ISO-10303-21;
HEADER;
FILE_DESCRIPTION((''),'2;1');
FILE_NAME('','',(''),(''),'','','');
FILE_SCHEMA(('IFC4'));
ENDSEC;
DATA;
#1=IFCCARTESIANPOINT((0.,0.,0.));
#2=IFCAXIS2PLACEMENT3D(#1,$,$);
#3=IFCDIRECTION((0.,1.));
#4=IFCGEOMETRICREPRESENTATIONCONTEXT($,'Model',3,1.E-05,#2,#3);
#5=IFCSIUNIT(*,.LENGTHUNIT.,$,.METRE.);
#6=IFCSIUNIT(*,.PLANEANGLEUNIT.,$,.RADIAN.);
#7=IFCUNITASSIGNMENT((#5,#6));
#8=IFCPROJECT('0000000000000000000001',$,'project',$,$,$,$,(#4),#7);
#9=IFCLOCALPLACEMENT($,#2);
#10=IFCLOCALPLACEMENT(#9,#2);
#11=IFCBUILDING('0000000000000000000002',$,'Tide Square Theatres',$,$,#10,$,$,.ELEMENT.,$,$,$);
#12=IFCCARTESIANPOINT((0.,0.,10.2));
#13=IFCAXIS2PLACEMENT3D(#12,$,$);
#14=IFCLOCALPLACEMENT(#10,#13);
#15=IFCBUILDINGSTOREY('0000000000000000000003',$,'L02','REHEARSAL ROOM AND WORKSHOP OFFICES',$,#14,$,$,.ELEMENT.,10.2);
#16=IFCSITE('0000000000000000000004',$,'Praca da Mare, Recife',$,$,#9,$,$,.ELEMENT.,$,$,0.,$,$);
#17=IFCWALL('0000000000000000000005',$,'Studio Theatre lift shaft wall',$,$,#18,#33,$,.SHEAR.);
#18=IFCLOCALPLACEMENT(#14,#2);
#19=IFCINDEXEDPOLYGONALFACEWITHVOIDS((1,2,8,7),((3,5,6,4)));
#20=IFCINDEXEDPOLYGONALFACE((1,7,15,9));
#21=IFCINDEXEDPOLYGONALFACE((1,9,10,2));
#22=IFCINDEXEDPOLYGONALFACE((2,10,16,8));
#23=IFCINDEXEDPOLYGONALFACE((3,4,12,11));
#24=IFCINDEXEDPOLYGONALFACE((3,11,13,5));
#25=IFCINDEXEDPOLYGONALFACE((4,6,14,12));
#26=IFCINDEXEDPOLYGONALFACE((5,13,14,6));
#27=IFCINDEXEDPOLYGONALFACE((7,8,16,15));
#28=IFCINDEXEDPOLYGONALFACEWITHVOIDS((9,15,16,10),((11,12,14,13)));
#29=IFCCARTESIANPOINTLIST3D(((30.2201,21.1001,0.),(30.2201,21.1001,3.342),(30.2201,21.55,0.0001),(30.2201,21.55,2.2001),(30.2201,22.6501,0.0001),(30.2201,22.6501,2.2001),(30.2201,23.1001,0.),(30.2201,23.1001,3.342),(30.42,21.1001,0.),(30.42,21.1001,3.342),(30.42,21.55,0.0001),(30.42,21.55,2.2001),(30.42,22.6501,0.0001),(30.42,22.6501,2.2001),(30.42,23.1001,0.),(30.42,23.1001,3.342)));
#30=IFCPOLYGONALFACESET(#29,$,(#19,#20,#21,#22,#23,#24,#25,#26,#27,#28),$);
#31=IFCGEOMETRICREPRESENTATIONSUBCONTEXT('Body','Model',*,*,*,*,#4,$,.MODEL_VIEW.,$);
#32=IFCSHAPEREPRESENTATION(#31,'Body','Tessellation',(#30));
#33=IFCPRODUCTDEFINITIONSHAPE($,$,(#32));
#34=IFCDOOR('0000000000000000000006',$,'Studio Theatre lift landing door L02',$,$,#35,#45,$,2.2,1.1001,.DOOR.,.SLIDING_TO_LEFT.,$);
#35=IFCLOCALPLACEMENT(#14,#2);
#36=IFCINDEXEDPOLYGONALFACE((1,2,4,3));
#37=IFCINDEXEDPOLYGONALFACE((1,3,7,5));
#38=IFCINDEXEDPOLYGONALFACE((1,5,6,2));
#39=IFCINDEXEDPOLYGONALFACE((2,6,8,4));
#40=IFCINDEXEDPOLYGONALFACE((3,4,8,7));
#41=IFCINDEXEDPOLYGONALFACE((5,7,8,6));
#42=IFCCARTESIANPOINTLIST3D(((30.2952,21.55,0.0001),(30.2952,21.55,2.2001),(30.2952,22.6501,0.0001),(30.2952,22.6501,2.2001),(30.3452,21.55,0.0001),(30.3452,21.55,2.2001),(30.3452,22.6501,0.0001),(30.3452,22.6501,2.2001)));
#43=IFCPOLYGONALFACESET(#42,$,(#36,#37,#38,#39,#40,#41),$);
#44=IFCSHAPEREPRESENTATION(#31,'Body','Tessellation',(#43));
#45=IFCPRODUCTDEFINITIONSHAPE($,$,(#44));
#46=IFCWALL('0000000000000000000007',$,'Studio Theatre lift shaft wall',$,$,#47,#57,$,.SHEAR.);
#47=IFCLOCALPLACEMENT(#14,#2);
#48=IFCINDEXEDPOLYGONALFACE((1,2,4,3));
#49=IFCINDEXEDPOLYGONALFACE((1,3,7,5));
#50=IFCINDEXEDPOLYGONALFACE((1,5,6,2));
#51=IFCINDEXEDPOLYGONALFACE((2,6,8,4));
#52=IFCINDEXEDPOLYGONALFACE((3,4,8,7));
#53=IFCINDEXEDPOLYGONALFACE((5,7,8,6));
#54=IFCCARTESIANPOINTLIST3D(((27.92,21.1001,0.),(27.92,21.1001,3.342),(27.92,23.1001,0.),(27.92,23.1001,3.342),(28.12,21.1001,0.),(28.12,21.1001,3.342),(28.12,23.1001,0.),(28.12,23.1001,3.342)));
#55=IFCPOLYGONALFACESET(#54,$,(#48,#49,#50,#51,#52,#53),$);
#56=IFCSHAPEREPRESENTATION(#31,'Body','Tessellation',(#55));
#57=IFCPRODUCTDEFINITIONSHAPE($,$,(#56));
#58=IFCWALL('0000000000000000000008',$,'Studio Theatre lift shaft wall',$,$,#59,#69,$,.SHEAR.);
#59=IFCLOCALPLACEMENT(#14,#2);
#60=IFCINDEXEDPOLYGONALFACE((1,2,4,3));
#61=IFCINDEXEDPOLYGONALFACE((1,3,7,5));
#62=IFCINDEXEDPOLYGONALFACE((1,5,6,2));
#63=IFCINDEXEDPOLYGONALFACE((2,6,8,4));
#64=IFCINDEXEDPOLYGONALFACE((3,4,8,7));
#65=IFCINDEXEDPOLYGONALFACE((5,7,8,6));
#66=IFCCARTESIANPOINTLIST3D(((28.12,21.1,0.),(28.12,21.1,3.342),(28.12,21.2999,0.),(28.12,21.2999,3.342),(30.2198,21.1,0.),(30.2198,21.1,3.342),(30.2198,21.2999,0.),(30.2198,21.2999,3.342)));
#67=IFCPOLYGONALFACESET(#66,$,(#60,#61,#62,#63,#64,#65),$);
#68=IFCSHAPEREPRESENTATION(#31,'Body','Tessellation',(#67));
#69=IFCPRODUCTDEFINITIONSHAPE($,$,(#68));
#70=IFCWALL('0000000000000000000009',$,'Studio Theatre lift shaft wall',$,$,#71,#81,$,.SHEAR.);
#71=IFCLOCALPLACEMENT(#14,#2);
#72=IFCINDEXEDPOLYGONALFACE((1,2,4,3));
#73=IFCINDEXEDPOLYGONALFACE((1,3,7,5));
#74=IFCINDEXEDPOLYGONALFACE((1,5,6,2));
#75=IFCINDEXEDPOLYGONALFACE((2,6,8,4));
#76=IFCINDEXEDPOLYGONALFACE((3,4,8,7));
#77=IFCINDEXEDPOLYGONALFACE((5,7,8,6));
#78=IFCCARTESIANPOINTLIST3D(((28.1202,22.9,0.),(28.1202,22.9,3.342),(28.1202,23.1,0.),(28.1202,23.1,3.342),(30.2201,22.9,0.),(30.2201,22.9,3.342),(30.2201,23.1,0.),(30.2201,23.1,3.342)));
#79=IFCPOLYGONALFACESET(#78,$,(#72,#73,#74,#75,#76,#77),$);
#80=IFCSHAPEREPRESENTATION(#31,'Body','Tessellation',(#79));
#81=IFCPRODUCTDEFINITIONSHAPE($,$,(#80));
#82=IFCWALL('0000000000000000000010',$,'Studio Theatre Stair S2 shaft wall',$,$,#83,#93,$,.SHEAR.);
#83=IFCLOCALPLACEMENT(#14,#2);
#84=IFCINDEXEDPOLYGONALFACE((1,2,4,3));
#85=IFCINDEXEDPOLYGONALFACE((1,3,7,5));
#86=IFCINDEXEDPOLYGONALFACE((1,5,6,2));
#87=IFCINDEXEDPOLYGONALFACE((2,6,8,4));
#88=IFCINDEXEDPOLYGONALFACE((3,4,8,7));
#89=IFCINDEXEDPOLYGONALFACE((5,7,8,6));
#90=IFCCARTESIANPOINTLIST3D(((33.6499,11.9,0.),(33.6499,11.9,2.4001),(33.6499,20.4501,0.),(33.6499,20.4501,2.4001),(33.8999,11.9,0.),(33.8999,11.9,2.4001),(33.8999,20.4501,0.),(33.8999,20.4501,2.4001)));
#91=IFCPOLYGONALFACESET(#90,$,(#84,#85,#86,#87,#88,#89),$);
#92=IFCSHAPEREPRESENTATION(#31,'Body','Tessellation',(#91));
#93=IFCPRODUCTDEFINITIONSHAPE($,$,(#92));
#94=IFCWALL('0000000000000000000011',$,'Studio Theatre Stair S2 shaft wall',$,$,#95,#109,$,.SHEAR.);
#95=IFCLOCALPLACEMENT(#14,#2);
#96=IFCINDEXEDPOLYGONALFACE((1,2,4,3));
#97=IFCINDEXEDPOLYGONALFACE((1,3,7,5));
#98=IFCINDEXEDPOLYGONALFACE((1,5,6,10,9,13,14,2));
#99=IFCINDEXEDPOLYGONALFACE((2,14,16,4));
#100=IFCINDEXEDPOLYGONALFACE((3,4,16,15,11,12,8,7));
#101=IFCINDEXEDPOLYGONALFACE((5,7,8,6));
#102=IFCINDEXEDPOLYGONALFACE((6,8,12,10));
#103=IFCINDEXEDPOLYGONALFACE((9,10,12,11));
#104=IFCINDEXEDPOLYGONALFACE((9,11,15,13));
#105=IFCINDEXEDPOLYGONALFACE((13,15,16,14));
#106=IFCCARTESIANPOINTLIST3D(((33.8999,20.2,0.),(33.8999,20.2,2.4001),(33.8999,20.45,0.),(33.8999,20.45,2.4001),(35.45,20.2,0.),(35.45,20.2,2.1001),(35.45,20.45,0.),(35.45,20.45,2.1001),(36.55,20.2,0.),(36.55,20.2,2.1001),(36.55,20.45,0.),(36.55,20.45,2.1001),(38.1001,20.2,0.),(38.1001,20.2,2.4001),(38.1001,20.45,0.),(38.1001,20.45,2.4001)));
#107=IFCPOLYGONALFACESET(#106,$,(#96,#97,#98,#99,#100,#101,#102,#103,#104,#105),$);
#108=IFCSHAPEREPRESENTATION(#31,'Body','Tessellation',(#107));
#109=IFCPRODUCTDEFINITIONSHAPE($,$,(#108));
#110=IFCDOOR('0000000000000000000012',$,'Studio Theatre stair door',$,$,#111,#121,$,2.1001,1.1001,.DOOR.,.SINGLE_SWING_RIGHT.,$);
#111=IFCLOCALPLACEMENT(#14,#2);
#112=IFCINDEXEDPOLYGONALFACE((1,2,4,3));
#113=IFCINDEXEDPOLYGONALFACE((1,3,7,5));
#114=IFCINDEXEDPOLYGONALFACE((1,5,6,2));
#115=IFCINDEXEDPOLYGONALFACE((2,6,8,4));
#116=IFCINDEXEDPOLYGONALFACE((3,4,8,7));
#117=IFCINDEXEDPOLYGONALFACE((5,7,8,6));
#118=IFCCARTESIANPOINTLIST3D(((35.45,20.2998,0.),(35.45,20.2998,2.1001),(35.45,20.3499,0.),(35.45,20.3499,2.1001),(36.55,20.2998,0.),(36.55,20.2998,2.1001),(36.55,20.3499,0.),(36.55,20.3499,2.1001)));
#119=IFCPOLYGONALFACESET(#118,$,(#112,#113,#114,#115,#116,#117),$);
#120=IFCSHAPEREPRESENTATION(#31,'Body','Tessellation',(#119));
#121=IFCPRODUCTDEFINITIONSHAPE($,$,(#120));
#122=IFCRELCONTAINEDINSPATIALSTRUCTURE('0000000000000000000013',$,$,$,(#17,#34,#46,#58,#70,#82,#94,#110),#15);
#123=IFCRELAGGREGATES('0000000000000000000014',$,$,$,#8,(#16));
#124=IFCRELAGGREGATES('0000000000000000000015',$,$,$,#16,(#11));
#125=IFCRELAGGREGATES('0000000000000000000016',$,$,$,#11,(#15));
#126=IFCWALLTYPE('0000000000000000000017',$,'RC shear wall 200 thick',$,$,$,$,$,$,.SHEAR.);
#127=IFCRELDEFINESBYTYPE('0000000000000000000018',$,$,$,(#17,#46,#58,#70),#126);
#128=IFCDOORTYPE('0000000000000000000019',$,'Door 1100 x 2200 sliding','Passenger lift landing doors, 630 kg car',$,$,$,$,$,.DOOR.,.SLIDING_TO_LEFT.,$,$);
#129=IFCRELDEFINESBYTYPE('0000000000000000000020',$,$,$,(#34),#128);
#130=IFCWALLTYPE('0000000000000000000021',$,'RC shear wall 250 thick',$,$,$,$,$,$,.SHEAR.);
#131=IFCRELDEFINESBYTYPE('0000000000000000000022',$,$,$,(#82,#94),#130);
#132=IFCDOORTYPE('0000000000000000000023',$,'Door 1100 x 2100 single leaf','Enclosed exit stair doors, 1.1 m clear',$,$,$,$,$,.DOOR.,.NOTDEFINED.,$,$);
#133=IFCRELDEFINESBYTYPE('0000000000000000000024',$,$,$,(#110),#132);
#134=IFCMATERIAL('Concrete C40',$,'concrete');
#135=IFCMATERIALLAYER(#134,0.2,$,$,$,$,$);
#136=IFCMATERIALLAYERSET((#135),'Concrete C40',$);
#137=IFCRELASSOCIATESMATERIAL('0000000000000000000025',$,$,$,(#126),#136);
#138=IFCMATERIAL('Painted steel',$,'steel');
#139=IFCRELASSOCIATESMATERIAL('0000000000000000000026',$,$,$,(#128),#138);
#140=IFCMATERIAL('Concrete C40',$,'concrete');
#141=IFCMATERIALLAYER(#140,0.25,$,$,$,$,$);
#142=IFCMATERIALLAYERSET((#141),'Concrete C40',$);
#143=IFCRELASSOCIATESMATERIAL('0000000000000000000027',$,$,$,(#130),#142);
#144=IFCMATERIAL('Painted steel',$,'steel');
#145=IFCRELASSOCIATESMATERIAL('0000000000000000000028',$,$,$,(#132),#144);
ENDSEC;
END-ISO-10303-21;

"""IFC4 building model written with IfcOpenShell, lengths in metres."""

from ifc_helpers import new_model, si_unit, direction, frame, frame_2d, origin, place, context, subcontext, project, spatial, rectangle, extrude, material, layer, layer_set, type_object, element, fill, save


model = new_model("IFC4")

# Units and contexts
model_context = context("Model", 3, precision=1e-05, world=origin(), true_north=direction((0.0, 1.0)))
body_context = subcontext(model_context, "Body", "Model", "MODEL_VIEW")
ifc_project = project(units=[si_unit("LENGTHUNIT", "METRE"), si_unit("PLANEANGLEUNIT", "RADIAN")], contexts=[model_context])

# Site, building, storey
site_placement = place(None, origin())
site = spatial("IfcSite", under=ifc_project, at=site_placement, Name="Praca da Mare, Recife", CompositionType="ELEMENT", RefElevation=0.0)
building_placement = place(site_placement, origin())
building = spatial("IfcBuilding", under=site, at=building_placement, Name="Tide Square Theatres", CompositionType="ELEMENT")
storey_placement = place(building_placement, frame((0.0, 0.0, 10.2)))
storey = spatial("IfcBuildingStorey", under=building, at=storey_placement, Name="L02", Description="REHEARSAL ROOM AND WORKSHOP OFFICES", CompositionType="ELEMENT", Elevation=10.2)

# Wall, opening, door
ifc_material_1 = material(Name="Concrete C40", Category="concrete")
ifc_layer_1 = layer(ifc_material_1, 0.2)
ifc_layer_set_1 = layer_set([ifc_layer_1], Name="Concrete C40")
wall_type_1 = type_object("IfcWallType", Name="RC shear wall 200 thick", PredefinedType="SHEAR", material=ifc_layer_set_1)
wall_1_placement = place(storey_placement, frame((30.3201, 21.1001, 0.0), z_axis=(0.0, 0.0, 1.0), x_axis=(0.0, 1.0, 0.0)))
wall_1 = element("IfcWall", 1, at=wall_1_placement, inside=storey, type_object=wall_type_1, Name="Studio Theatre lift shaft wall", PredefinedType="SHEAR", context=body_context, shape_type="SweptSolid", body=[
    extrude(rectangle(XDim=2.0, YDim=0.2, at=frame_2d((1.0, 0.0))), origin(), (0.0, 0.0, 1.0), 3.342),
])
opening_1_placement = place(wall_1_placement, frame((0.45, 0.0, 0.0)))
opening_1 = element("IfcOpeningElement", 2, at=opening_1_placement, cuts=wall_1, PredefinedType="OPENING", context=body_context, shape_type="SweptSolid", body=[
    extrude(rectangle(XDim=1.1001, YDim=2.2, at=frame_2d((0.55, 1.1001))), frame((0.0, 0.1099, 0.0), z_axis=(0.0, -1.0, 0.0), x_axis=(1.0, 0.0, 0.0)), (0.0, 0.0, 1.0), 0.22),
])
ifc_material_2 = material(Name="Painted steel", Category="steel")
door_type_1 = type_object("IfcDoorType", Name="Door 1100 x 2200 sliding", Description="Passenger lift landing doors, 630 kg car", OperationType="SLIDING_TO_LEFT", PredefinedType="DOOR", material=ifc_material_2)
door_1_placement = place(opening_1_placement, origin())
door_1 = element("IfcDoor", 3, at=door_1_placement, inside=storey, type_object=door_type_1, Name="Studio Theatre lift landing door L02", OperationType="SLIDING_TO_LEFT", OverallHeight=2.2, OverallWidth=1.1001, PredefinedType="DOOR", context=body_context, shape_type="SweptSolid", body=[
    extrude(rectangle(XDim=1.1001, YDim=2.2, at=frame_2d((0.55, 1.1001))), frame((0.0, 0.0249, 0.0), z_axis=(0.0, -1.0, 0.0), x_axis=(1.0, 0.0, 0.0)), (0.0, 0.0, 1.0), 0.05),
])
fill(opening_1, door_1)

# Walls
wall_2_placement = place(storey_placement, frame((28.02, 23.1001, 0.0), z_axis=(0.0, 0.0, 1.0), x_axis=(0.0, -1.0, 0.0)))
element("IfcWall", 4, at=wall_2_placement, inside=storey, type_object=wall_type_1, Name="Studio Theatre lift shaft wall", PredefinedType="SHEAR", context=body_context, shape_type="SweptSolid", body=[
    extrude(rectangle(XDim=2.0, YDim=0.2, at=frame_2d((1.0, 0.0))), origin(), (0.0, 0.0, 1.0), 3.342),
])
for number, where, z_axis, x_axis, name in (
    (5, (28.1201, 21.2, 0.0), (0.0, 0.0, 1.0), (1.0, 0.0, 0.0), "Studio Theatre lift shaft wall"),
    (6, (30.22, 23.0, 0.0), (0.0, 0.0, 1.0), (-1.0, 0.0, 0.0), "Studio Theatre lift shaft wall"),
):
    element("IfcWall", number, at=place(storey_placement, frame(where, z_axis=z_axis, x_axis=x_axis)), inside=storey, type_object=wall_type_1, Name=name, PredefinedType="SHEAR", context=body_context, shape_type="SweptSolid", body=[
        extrude(rectangle(XDim=2.0999, YDim=0.2, at=frame_2d((1.0498, 0.0))), origin(), (0.0, 0.0, 1.0), 3.342),
    ])
ifc_material_3 = material(Name="Concrete C40", Category="concrete")
ifc_layer_2 = layer(ifc_material_3, 0.25)
ifc_layer_set_2 = layer_set([ifc_layer_2], Name="Concrete C40")
wall_type_2 = type_object("IfcWallType", Name="RC shear wall 250 thick", PredefinedType="SHEAR", material=ifc_layer_set_2)
wall_3_placement = place(storey_placement, frame((33.7749, 20.45, 0.0), z_axis=(0.0, 0.0, 1.0), x_axis=(0.0, -1.0, 0.0)))
element("IfcWall", 7, at=wall_3_placement, inside=storey, type_object=wall_type_2, Name="Studio Theatre Stair S2 shaft wall", PredefinedType="SHEAR", context=body_context, shape_type="SweptSolid", body=[
    extrude(rectangle(XDim=8.55, YDim=0.25, at=frame_2d((4.2749, 0.0))), origin(), (0.0, 0.0, 1.0), 2.4001),
])

# Wall, opening, door
wall_4_placement = place(storey_placement, frame((33.8999, 20.325, 0.0), z_axis=(0.0, 0.0, 1.0), x_axis=(1.0, 0.0, 0.0)))
wall_4 = element("IfcWall", 8, at=wall_4_placement, inside=storey, type_object=wall_type_2, Name="Studio Theatre Stair S2 shaft wall", PredefinedType="SHEAR", context=body_context, shape_type="SweptSolid", body=[
    extrude(rectangle(XDim=4.2002, YDim=0.25, at=frame_2d((2.1001, 0.0))), origin(), (0.0, 0.0, 1.0), 2.4001),
])
opening_2_placement = place(wall_4_placement, frame((1.55, 0.0, 0.0)))
opening_2 = element("IfcOpeningElement", 9, at=opening_2_placement, cuts=wall_4, PredefinedType="OPENING", context=body_context, shape_type="SweptSolid", body=[
    extrude(rectangle(XDim=1.1001, YDim=2.1001, at=frame_2d((0.55, 1.05))), frame((0.0, 0.135, 0.0), z_axis=(0.0, -1.0, 0.0), x_axis=(1.0, 0.0, 0.0)), (0.0, 0.0, 1.0), 0.27),
])
ifc_material_4 = material(Name="Painted steel", Category="steel")
door_type_2 = type_object("IfcDoorType", Name="Door 1100 x 2100 single leaf", Description="Enclosed exit stair doors, 1.1 m clear", OperationType="NOTDEFINED", PredefinedType="DOOR", material=ifc_material_4)
door_2_placement = place(opening_2_placement, origin())
door_2 = element("IfcDoor", 10, at=door_2_placement, inside=storey, type_object=door_type_2, Name="Studio Theatre stair door", OperationType="SINGLE_SWING_RIGHT", OverallHeight=2.1001, OverallWidth=1.1001, PredefinedType="DOOR", context=body_context, shape_type="SweptSolid", body=[
    extrude(rectangle(XDim=1.1001, YDim=2.1001, at=frame_2d((0.55, 1.05))), frame((0.0, 0.0249, 0.0), z_axis=(0.0, -1.0, 0.0), x_axis=(1.0, 0.0, 0.0)), (0.0, 0.0, 1.0), 0.05),
])
fill(opening_2, door_2)

save(model, "model.ifc")
